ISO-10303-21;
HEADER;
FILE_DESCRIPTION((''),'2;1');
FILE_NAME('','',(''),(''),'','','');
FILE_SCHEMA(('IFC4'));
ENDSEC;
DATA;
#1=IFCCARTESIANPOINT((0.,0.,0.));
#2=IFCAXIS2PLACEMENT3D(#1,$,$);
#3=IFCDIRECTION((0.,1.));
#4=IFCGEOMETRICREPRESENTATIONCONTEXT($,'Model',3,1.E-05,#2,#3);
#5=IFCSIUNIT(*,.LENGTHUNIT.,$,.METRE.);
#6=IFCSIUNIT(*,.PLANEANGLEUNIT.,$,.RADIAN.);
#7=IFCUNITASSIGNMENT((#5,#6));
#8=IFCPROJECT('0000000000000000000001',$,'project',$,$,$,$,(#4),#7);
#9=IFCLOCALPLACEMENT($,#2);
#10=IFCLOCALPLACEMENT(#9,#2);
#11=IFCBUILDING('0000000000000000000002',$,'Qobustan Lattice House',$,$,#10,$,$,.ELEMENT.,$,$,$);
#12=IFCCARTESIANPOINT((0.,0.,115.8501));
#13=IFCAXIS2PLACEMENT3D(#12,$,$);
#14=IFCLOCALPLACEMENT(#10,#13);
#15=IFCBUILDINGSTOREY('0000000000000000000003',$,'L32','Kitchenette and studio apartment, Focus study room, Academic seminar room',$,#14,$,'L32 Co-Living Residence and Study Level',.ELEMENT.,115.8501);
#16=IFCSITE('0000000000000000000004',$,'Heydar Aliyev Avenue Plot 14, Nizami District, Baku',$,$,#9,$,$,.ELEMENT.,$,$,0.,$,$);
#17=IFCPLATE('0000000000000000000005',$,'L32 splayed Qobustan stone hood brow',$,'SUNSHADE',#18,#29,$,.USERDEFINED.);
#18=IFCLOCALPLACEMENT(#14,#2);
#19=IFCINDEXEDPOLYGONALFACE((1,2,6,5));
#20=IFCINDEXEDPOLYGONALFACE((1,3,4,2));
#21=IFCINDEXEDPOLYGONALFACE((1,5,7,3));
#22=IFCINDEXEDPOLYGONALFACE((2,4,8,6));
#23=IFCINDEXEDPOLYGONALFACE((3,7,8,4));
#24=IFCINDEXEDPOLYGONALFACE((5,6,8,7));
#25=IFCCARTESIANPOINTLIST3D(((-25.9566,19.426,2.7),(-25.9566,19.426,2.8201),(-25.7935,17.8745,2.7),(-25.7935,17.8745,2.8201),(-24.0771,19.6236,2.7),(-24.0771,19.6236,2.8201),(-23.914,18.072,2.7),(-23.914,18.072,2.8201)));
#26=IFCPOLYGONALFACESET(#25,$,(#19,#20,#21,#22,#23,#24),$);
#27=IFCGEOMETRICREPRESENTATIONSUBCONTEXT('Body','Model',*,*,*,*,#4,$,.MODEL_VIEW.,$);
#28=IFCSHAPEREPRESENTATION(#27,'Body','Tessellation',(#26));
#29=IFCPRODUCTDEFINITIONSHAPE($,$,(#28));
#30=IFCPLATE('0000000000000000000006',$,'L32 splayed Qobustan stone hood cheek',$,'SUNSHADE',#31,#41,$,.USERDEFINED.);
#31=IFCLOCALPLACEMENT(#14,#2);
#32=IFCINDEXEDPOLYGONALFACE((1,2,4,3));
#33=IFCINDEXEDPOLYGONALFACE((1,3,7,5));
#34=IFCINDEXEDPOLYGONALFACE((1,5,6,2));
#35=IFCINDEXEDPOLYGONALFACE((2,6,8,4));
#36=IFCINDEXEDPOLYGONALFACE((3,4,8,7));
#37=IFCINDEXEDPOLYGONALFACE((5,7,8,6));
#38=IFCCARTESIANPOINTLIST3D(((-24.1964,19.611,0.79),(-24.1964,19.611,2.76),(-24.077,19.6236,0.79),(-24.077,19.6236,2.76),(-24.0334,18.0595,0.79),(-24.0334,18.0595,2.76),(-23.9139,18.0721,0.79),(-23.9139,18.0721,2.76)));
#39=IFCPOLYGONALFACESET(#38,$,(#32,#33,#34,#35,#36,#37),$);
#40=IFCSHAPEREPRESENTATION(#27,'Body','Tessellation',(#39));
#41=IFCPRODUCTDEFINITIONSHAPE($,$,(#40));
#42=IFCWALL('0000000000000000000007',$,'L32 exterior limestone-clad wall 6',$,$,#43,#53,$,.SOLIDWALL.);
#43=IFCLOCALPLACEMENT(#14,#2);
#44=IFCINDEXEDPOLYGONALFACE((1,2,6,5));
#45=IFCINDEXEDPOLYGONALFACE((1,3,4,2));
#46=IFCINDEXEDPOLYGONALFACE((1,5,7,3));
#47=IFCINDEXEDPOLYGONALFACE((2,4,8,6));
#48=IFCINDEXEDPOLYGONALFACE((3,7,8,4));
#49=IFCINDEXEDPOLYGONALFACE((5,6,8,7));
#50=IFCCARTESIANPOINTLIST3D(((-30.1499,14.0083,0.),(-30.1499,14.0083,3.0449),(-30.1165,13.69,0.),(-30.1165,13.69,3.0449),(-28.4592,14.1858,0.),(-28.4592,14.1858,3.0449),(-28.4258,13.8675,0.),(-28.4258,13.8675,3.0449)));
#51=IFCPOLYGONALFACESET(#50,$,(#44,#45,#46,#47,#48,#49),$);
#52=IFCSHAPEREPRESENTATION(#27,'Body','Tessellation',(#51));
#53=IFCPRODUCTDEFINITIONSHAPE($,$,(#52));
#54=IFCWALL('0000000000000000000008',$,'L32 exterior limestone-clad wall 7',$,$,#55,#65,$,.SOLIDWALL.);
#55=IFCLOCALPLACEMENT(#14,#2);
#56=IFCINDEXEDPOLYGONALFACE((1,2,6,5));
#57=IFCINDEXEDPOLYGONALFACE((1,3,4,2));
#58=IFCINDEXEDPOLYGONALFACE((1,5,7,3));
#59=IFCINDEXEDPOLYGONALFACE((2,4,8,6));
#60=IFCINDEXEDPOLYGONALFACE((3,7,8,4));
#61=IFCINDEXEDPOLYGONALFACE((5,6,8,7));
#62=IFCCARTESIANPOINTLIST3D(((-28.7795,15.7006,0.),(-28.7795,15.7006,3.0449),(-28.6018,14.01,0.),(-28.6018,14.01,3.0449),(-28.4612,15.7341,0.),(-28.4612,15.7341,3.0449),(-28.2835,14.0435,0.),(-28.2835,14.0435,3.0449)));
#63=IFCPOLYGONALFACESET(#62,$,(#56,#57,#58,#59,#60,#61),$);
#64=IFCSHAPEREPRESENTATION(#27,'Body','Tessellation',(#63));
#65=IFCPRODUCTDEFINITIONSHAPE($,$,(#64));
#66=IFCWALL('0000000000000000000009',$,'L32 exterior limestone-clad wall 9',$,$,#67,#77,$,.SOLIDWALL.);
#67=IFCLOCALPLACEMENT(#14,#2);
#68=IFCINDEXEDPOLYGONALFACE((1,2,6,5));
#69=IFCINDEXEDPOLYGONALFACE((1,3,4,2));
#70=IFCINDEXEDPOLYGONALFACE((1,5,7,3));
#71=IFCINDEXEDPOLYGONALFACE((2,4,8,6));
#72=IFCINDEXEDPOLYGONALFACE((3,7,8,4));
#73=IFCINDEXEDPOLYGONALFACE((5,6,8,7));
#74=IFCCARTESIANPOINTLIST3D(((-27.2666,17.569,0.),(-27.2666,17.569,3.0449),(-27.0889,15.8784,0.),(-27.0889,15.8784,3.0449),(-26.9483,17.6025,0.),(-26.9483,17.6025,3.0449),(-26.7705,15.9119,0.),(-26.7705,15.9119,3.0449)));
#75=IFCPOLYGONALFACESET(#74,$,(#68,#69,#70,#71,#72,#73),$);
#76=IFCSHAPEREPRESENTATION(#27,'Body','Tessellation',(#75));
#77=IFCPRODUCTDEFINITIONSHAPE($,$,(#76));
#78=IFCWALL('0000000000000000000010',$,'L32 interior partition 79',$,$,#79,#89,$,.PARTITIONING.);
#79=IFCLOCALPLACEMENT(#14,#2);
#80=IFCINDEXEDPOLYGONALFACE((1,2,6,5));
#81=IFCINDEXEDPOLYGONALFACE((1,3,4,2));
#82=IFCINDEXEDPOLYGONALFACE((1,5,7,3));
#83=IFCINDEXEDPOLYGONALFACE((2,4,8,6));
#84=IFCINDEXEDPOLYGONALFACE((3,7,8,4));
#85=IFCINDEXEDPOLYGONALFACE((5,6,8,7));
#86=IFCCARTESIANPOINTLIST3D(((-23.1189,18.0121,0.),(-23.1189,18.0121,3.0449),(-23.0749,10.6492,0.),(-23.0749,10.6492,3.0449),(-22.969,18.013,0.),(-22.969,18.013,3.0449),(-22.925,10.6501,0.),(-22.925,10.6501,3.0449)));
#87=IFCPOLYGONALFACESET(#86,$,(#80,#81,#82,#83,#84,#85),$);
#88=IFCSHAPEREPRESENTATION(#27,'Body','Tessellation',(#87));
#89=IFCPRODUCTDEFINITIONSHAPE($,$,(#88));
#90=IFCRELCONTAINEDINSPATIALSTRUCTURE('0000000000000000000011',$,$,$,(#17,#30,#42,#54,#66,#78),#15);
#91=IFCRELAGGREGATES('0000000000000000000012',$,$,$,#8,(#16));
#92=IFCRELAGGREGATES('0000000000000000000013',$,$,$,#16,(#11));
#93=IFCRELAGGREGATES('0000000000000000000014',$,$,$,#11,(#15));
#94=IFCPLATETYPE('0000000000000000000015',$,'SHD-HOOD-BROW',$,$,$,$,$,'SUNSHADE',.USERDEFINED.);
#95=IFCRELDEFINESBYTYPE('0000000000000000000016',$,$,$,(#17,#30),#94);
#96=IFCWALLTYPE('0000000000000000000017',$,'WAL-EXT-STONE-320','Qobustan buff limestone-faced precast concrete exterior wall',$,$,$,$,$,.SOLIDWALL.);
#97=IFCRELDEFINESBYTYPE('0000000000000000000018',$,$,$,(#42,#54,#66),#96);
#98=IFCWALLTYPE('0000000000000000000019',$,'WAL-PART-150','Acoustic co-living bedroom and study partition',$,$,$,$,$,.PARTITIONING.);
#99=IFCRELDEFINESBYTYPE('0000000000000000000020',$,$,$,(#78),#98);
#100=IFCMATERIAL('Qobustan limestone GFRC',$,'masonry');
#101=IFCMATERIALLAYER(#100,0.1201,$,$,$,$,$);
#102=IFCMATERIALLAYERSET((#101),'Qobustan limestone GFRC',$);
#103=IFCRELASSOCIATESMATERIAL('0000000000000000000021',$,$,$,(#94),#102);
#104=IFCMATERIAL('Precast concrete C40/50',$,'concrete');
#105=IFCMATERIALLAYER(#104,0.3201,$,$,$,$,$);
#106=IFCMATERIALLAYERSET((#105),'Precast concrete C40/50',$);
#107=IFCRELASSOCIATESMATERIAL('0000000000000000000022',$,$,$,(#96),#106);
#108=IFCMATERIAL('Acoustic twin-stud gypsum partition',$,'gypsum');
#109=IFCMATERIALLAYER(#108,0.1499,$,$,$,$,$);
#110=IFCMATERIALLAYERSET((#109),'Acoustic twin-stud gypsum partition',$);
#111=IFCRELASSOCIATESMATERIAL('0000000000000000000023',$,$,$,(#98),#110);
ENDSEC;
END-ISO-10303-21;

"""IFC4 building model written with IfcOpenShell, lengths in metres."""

from ifc_helpers import new_model, si_unit, direction, frame, frame_2d, origin, origin_2d, place, context, subcontext, project, spatial, rectangle, extrude, material, layer, layer_set, type_object, element, save


model = new_model("IFC4")

# Units and contexts
model_context = context("Model", 3, precision=1e-05, world=origin(), true_north=direction((0.0, 1.0)))
body_context = subcontext(model_context, "Body", "Model", "MODEL_VIEW")
ifc_project = project(units=[si_unit("LENGTHUNIT", "METRE"), si_unit("PLANEANGLEUNIT", "RADIAN")], contexts=[model_context])

# Site, building, storey
site_placement = place(None, origin())
site = spatial("IfcSite", under=ifc_project, at=site_placement, Name="Heydar Aliyev Avenue Plot 14, Nizami District, Baku", CompositionType="ELEMENT", RefElevation=0.0)
building_placement = place(site_placement, origin())
building = spatial("IfcBuilding", under=site, at=building_placement, Name="Qobustan Lattice House", CompositionType="ELEMENT")
storey_placement = place(building_placement, frame((0.0, 0.0, 115.8501)))
storey = spatial("IfcBuildingStorey", under=building, at=storey_placement, Name="L32", Description="Kitchenette and studio apartment, Focus study room, Academic seminar room", LongName="L32 Co-Living Residence and Study Level", CompositionType="ELEMENT", Elevation=115.8501)

# Plates
ifc_material_1 = material(Name="Qobustan limestone GFRC", Category="masonry")
ifc_layer_1 = layer(ifc_material_1, 0.1201)
ifc_layer_set_1 = layer_set([ifc_layer_1], Name="Qobustan limestone GFRC")
plate_type_1 = type_object("IfcPlateType", Name="SHD-HOOD-BROW", ElementType="SUNSHADE", PredefinedType="USERDEFINED", material=ifc_layer_set_1)
plate_1_placement = place(storey_placement, frame((-24.9353, 18.749, 2.7), z_axis=(0.0, 0.0, 1.0), x_axis=(0.994522, 0.104528, 0.0)))
element("IfcPlate", 1, at=plate_1_placement, inside=storey, type_object=plate_type_1, Name="L32 splayed Qobustan stone hood brow", ObjectType="SUNSHADE", PredefinedType="USERDEFINED", context=body_context, shape_type="SweptSolid", body=[
    extrude(rectangle(XDim=1.8899, YDim=1.5601, at=origin_2d()), origin(), (0.0, 0.0, 1.0), 0.1201),
])
plate_2_placement = place(storey_placement, frame((-24.0552, 18.8416, 0.79), z_axis=(0.0, 0.0, 1.0), x_axis=(0.994522, 0.104528, 0.0)))
element("IfcPlate", 2, at=plate_2_placement, inside=storey, type_object=plate_type_1, Name="L32 splayed Qobustan stone hood cheek", ObjectType="SUNSHADE", PredefinedType="USERDEFINED", context=body_context, shape_type="SweptSolid", body=[
    extrude(rectangle(XDim=0.1201, YDim=1.5601, at=origin_2d()), origin(), (0.0, 0.0, 1.0), 1.97),
])

# Walls
ifc_material_2 = material(Name="Precast concrete C40/50", Category="concrete")
ifc_layer_2 = layer(ifc_material_2, 0.3201)
ifc_layer_set_2 = layer_set([ifc_layer_2], Name="Precast concrete C40/50")
wall_type_1 = type_object("IfcWallType", Name="WAL-EXT-STONE-320", Description="Qobustan buff limestone-faced precast concrete exterior wall", PredefinedType="SOLIDWALL", material=ifc_layer_set_2)
for number, where, z_axis, x_axis, name in (
    (3, (-30.1333, 13.8491, 0.0), (0.0, 0.0, 1.0), (0.994535, 0.104408, 0.0), "L32 exterior limestone-clad wall 6"),
    (4, (-28.4426, 14.0266, 0.0), (0.0, 0.0, 1.0), (-0.10455, 0.99452, 0.0), "L32 exterior limestone-clad wall 7"),
    (5, (-26.9297, 15.895, 0.0), (0.0, 0.0, 1.0), (-0.10455, 0.99452, 0.0), "L32 exterior limestone-clad wall 9"),
):
    element("IfcWall", number, at=place(storey_placement, frame(where, z_axis=z_axis, x_axis=x_axis)), inside=storey, type_object=wall_type_1, Name=name, PredefinedType="SOLIDWALL", context=body_context, shape_type="SweptSolid", body=[
        extrude(rectangle(XDim=1.7, YDim=0.3201, at=frame_2d((0.8501, 0.0))), origin(), (0.0, 0.0, 1.0), 3.0449),
    ])

# Wall
ifc_material_3 = material(Name="Acoustic twin-stud gypsum partition", Category="gypsum")
ifc_layer_3 = layer(ifc_material_3, 0.1499)
ifc_layer_set_3 = layer_set([ifc_layer_3], Name="Acoustic twin-stud gypsum partition")
wall_type_2 = type_object("IfcWallType", Name="WAL-PART-150", Description="Acoustic co-living bedroom and study partition", PredefinedType="PARTITIONING", material=ifc_layer_set_3)
wall_1_placement = place(storey_placement, frame((-23.0439, 18.0127, 0.0), z_axis=(0.0, 0.0, 1.0), x_axis=(0.005968, -0.999982, 0.0)))
element("IfcWall", 6, at=wall_1_placement, inside=storey, type_object=wall_type_2, Name="L32 interior partition 79", PredefinedType="PARTITIONING", context=body_context, shape_type="SweptSolid", body=[
    extrude(rectangle(XDim=7.363, YDim=0.1499, at=frame_2d((3.6816, 0.0))), origin(), (0.0, 0.0, 1.0), 3.0449),
])

save(model, "model.ifc")
